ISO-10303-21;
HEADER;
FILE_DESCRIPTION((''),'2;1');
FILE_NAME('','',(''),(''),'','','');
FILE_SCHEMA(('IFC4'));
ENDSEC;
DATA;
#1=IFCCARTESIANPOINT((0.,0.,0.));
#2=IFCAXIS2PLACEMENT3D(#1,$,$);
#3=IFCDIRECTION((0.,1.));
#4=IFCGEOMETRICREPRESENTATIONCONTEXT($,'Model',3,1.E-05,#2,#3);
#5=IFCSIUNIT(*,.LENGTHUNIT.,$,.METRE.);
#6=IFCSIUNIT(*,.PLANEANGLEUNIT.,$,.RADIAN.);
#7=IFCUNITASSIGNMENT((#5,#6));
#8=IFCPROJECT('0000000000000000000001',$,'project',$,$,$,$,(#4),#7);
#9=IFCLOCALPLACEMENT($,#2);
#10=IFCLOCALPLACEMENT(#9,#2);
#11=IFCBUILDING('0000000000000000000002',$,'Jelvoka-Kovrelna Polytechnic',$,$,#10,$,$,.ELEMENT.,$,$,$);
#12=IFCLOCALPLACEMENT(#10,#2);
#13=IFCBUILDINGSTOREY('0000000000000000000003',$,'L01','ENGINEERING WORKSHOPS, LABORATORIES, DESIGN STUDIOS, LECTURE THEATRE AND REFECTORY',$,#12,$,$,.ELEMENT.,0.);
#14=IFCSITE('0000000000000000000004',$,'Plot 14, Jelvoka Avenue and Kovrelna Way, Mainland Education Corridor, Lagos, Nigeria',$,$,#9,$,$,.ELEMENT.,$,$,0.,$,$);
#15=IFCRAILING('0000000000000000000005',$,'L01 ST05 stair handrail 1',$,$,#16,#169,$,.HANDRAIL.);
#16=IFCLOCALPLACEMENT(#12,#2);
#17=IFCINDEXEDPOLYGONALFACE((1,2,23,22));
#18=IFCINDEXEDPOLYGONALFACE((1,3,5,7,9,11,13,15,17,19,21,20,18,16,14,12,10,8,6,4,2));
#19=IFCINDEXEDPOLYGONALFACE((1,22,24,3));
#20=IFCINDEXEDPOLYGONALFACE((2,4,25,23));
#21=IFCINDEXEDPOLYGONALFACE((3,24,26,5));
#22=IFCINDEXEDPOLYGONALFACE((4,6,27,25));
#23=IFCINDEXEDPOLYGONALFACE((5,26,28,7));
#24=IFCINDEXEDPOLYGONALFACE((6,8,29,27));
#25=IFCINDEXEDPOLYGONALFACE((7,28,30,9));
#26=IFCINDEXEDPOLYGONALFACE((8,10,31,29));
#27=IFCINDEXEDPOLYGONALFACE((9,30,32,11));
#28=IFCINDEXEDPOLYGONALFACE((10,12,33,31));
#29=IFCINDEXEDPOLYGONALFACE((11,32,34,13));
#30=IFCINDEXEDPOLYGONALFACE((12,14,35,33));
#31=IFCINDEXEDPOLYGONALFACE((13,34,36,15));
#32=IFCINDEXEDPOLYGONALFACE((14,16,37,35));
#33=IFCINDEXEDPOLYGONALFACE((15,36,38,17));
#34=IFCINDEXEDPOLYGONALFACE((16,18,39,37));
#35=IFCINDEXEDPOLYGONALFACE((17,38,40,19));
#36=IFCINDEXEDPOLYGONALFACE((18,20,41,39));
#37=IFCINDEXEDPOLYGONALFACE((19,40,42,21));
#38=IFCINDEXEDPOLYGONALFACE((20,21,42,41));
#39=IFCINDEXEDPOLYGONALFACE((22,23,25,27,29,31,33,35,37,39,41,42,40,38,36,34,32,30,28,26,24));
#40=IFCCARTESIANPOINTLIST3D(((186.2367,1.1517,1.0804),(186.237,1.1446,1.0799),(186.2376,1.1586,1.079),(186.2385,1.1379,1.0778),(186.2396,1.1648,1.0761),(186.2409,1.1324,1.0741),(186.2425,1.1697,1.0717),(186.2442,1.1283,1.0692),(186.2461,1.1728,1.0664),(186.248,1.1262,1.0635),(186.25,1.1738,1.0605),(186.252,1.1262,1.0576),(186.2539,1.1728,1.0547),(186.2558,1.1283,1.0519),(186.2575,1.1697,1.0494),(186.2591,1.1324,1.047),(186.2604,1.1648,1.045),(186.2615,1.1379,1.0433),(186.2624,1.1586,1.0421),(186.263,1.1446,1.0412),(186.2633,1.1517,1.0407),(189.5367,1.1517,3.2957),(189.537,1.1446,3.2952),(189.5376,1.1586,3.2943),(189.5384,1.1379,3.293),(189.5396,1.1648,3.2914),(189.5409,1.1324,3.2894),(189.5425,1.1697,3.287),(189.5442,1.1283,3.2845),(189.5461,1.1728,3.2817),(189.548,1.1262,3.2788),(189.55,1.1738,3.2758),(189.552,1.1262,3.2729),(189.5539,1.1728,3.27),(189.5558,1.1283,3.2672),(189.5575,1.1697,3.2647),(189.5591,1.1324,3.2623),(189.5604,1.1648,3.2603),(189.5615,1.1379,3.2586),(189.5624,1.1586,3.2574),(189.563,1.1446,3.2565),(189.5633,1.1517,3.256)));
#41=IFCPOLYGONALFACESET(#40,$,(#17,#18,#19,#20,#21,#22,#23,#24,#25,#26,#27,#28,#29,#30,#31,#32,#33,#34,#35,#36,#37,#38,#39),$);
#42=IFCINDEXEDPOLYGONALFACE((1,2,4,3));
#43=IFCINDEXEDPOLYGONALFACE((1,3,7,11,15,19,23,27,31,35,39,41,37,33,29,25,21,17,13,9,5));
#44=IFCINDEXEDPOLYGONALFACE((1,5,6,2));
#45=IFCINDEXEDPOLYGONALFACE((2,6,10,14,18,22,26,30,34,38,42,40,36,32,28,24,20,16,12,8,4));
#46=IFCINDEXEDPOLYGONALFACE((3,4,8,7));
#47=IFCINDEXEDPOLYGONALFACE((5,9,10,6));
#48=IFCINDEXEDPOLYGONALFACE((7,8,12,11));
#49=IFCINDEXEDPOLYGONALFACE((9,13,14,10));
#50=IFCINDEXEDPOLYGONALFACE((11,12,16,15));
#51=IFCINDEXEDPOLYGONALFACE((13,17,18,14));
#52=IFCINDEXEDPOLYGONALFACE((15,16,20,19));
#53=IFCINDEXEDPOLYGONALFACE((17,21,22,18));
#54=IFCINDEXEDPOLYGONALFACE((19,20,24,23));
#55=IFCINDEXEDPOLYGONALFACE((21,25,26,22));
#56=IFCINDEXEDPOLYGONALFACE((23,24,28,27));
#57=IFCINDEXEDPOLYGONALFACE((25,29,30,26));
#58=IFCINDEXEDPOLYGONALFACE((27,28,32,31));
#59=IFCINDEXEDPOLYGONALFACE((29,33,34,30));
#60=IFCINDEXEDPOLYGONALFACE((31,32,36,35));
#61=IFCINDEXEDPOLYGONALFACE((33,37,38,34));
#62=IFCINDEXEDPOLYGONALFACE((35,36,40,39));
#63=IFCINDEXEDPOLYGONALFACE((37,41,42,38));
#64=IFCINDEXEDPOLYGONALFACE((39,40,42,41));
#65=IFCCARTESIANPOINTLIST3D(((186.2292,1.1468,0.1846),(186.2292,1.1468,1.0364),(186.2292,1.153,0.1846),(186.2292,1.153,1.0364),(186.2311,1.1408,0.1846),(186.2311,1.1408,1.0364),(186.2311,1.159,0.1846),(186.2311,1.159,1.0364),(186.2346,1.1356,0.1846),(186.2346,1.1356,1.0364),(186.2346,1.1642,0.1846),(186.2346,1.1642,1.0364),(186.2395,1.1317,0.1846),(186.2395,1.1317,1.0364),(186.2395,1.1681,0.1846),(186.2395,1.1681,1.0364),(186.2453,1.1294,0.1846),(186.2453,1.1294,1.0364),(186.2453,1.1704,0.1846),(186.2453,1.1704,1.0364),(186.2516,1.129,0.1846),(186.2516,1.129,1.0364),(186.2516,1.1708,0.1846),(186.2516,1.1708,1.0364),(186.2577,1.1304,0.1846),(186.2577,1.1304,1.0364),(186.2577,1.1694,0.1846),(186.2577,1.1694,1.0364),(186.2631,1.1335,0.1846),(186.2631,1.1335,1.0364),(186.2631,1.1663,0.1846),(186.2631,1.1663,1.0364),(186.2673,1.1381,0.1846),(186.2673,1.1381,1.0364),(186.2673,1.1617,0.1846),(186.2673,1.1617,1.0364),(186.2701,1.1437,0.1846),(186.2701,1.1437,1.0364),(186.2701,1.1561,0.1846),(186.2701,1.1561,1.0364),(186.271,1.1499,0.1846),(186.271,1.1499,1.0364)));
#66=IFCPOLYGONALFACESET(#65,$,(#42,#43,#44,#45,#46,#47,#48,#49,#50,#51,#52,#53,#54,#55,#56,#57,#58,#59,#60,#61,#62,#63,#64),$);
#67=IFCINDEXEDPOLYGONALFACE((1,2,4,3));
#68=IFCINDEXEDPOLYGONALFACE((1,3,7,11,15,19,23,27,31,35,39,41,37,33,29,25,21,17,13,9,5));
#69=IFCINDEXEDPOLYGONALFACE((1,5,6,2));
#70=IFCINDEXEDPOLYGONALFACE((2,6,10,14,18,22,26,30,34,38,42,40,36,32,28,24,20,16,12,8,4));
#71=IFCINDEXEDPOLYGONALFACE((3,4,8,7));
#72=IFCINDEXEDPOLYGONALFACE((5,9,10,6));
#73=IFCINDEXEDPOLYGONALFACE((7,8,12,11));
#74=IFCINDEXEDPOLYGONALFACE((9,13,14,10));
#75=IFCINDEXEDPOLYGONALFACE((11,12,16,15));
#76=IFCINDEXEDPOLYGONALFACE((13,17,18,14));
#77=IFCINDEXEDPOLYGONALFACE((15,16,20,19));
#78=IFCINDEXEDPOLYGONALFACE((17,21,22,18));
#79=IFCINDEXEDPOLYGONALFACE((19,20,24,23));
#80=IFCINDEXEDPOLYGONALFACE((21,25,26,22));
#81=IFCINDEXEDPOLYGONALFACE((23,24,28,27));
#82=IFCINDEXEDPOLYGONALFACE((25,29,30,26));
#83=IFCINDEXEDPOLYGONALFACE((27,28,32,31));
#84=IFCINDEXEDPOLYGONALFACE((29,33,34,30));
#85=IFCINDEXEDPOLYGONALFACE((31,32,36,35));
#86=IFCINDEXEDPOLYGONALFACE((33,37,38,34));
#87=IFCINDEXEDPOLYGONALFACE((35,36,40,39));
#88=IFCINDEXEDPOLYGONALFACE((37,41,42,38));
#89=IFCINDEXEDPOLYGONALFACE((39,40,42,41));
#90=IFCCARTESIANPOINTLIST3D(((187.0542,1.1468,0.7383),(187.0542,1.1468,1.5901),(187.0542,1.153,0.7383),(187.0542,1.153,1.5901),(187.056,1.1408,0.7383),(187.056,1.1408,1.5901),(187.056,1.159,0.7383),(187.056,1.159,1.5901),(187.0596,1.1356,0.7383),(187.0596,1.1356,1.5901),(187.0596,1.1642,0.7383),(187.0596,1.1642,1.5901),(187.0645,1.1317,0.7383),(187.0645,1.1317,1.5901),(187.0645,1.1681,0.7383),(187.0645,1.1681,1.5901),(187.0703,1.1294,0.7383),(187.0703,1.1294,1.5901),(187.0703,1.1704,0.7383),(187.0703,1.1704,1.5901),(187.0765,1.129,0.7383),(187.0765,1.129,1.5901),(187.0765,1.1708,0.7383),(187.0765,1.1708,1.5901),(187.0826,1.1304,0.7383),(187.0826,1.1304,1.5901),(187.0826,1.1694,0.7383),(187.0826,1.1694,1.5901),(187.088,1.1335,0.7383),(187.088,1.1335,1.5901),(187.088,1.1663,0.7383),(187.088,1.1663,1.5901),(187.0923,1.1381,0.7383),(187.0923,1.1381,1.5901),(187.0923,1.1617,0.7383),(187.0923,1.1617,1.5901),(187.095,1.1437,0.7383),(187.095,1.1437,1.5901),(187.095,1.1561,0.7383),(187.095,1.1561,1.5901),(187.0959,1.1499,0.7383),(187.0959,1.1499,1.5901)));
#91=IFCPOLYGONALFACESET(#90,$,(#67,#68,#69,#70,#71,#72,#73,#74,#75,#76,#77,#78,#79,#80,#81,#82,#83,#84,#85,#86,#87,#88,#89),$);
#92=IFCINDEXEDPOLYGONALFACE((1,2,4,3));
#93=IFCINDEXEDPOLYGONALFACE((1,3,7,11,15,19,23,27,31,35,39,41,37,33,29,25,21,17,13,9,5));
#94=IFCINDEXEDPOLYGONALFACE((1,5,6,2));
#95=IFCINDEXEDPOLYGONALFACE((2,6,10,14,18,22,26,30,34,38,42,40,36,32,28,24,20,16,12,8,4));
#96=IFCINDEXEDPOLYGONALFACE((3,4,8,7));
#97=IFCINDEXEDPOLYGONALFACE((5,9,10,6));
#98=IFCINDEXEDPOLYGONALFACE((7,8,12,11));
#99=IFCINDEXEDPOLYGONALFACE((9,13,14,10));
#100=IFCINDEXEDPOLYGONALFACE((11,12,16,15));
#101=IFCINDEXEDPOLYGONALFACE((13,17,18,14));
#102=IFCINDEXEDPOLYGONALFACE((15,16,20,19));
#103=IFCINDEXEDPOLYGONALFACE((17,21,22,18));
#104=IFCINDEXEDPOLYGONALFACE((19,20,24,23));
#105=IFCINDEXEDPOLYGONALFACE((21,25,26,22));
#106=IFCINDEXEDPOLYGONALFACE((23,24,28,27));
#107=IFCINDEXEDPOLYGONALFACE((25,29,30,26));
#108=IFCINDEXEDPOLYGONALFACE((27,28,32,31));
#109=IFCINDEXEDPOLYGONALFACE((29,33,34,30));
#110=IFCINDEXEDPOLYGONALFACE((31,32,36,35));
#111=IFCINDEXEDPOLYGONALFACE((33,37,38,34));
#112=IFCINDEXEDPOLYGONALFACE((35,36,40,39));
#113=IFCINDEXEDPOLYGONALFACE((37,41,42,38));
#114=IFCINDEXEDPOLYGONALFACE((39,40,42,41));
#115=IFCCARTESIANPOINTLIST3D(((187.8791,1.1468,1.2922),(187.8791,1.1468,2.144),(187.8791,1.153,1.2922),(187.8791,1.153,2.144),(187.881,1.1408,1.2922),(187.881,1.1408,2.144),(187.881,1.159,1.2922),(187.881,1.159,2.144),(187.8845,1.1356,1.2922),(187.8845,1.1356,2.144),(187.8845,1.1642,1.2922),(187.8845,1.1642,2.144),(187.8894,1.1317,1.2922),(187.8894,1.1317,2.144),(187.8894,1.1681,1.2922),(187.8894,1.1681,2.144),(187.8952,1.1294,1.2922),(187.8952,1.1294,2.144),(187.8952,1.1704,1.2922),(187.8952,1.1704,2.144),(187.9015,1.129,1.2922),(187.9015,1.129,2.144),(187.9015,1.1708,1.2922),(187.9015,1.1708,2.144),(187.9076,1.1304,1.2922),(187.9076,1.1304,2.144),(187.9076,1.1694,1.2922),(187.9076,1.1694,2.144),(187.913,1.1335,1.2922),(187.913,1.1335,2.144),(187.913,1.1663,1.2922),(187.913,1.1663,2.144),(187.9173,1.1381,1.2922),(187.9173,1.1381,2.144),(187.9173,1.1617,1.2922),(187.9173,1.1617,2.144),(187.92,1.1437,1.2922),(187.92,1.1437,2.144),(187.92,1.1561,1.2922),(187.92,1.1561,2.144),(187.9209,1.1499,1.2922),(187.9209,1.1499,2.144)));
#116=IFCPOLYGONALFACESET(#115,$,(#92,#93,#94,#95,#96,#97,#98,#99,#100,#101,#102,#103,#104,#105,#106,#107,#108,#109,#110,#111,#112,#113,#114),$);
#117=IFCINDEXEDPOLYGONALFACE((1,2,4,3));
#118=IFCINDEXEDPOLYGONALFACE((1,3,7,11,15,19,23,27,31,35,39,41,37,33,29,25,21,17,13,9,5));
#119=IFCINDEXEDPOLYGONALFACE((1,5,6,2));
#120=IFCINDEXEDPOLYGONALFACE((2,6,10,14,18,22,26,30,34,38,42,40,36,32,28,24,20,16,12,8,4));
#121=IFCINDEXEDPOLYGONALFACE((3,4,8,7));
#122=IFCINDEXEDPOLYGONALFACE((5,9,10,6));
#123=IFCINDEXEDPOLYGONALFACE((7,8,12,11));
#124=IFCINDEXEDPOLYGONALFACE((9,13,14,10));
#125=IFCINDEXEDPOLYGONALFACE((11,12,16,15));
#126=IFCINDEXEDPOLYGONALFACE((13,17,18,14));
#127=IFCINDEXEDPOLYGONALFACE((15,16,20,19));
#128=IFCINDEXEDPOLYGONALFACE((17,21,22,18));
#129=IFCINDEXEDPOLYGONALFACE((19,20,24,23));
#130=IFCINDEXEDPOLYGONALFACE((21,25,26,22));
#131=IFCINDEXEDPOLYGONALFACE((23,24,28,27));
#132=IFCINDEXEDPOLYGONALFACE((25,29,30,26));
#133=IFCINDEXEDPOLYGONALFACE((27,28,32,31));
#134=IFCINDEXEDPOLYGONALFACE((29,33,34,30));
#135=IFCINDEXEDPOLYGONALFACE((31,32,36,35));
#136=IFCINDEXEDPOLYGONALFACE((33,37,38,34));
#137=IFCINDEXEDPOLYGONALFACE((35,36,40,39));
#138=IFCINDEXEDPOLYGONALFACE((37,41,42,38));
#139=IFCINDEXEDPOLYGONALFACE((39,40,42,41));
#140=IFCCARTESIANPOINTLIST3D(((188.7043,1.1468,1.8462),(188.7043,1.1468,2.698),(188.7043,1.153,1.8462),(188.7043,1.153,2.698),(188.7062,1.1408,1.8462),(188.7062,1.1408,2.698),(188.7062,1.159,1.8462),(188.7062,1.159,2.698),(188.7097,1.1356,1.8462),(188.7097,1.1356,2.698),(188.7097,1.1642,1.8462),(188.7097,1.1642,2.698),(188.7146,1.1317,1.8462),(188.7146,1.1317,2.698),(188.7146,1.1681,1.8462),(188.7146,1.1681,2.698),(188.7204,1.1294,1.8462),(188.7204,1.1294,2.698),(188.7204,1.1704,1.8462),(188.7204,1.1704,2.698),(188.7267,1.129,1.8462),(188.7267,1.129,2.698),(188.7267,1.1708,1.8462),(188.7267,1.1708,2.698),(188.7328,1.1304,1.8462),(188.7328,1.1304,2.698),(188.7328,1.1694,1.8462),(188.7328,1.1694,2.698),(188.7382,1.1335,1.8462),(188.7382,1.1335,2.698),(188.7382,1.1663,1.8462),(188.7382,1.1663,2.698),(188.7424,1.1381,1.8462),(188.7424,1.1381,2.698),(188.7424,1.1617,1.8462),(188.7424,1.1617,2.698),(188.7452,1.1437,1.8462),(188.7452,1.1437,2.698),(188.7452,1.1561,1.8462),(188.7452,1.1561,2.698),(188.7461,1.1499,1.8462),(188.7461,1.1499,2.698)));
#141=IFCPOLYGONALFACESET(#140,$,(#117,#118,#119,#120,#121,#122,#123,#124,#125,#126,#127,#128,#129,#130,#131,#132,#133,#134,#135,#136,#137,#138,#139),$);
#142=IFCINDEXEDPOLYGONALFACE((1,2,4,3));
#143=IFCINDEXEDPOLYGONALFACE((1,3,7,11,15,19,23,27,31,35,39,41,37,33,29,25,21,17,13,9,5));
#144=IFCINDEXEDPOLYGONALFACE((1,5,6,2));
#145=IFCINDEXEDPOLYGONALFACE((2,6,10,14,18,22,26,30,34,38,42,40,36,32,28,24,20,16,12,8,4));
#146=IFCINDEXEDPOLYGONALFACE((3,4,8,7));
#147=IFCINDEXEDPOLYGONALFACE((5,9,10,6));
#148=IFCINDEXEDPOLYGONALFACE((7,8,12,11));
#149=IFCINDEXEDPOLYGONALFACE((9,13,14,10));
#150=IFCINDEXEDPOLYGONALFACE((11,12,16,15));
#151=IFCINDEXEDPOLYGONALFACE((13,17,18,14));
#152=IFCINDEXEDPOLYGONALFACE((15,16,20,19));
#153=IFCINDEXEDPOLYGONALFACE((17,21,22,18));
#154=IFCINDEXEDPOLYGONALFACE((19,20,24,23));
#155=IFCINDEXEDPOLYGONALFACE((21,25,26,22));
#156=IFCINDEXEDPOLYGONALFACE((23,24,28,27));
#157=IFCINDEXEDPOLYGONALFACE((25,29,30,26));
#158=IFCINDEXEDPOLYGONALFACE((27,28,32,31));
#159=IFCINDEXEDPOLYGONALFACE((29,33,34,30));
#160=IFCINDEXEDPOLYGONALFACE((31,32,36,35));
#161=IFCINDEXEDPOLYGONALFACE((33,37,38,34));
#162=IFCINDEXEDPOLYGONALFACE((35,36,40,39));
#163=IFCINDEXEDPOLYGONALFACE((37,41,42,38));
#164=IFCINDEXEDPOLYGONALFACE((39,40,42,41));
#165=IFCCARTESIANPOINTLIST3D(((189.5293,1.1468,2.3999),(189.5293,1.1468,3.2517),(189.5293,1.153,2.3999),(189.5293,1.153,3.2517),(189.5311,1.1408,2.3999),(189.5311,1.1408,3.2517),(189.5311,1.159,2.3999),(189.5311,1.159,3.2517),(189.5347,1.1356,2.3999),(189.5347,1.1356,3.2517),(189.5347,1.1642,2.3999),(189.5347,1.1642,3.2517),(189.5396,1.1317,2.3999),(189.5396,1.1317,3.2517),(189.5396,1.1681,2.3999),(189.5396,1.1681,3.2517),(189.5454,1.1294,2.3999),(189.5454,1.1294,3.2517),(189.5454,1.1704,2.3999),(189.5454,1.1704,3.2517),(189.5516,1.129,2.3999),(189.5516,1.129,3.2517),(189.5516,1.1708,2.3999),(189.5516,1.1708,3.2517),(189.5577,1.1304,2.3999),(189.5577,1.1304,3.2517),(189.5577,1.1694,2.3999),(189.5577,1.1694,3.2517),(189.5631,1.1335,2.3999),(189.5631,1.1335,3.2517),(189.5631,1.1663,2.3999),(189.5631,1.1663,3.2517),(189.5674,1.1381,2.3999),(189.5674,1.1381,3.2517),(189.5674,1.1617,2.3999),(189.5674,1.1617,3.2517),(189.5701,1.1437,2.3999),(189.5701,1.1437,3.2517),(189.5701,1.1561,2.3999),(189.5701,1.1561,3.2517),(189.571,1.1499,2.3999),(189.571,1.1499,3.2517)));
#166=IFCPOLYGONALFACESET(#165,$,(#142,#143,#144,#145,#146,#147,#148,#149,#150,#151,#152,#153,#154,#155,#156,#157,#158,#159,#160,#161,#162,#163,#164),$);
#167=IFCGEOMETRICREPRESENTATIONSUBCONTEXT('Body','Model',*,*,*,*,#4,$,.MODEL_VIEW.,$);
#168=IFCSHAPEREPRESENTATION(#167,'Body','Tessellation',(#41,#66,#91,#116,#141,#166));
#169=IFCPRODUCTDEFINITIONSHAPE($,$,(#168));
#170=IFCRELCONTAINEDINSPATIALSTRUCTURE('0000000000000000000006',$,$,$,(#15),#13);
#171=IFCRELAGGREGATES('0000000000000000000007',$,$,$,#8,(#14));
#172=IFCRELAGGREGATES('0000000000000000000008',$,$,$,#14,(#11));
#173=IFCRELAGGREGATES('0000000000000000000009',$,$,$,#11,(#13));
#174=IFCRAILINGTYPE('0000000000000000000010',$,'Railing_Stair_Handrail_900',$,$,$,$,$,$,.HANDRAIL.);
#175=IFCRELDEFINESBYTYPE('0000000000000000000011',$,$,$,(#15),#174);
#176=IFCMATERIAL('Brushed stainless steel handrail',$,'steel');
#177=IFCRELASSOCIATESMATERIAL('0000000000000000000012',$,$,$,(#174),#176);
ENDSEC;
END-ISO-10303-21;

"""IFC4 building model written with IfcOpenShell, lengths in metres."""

from ifc_helpers import new_model, si_unit, direction, frame, origin, origin_2d, place, context, subcontext, project, spatial, circle, extrude, material, type_object, element, save


model = new_model("IFC4")

# Units and contexts
model_context = context("Model", 3, precision=1e-05, world=origin(), true_north=direction((0.0, 1.0)))
body_context = subcontext(model_context, "Body", "Model", "MODEL_VIEW")
ifc_project = project(units=[si_unit("LENGTHUNIT", "METRE"), si_unit("PLANEANGLEUNIT", "RADIAN")], contexts=[model_context])

# Site, building, storey
site_placement = place(None, origin())
site = spatial("IfcSite", under=ifc_project, at=site_placement, Name="Plot 14, Jelvoka Avenue and Kovrelna Way, Mainland Education Corridor, Lagos, Nigeria", CompositionType="ELEMENT", RefElevation=0.0)
building_placement = place(site_placement, origin())
building = spatial("IfcBuilding", under=site, at=building_placement, Name="Jelvoka-Kovrelna Polytechnic", CompositionType="ELEMENT")
storey_placement = place(building_placement, origin())
storey = spatial("IfcBuildingStorey", under=building, at=storey_placement, Name="L01", Description="ENGINEERING WORKSHOPS, LABORATORIES, DESIGN STUDIOS, LECTURE THEATRE AND REFECTORY", CompositionType="ELEMENT", Elevation=0.0)

# Railing
ifc_material_1 = material(Name="Brushed stainless steel handrail", Category="steel")
railing_type_1 = type_object("IfcRailingType", Name="Railing_Stair_Handrail_900", PredefinedType="HANDRAIL", material=ifc_material_1)
railing_1_placement = place(storey_placement, frame((186.25, 1.1499, 0.1846)))
element("IfcRailing", 1, at=railing_1_placement, inside=storey, type_object=railing_type_1, Name="L01 ST05 stair handrail 1", PredefinedType="HANDRAIL", context=body_context, shape_type="SweptSolid", body=[
    extrude(circle(Radius=0.0239, at=origin_2d()), frame((0.0, 0.0, 0.876), z_axis=(0.830269, 0.0, 0.557362), x_axis=(0.0, 1.0, 0.0)), (0.0, 0.0, 1.0), 3.9746),
    extrude(circle(Radius=0.021, at=origin_2d()), origin(), (0.0, 0.0, 1.0), 0.8518),
    extrude(circle(Radius=0.021, at=origin_2d()), frame((0.825, 0.0, 0.5537)), (0.0, 0.0, 1.0), 0.8518),
    extrude(circle(Radius=0.021, at=origin_2d()), frame((1.6499, 0.0, 1.1077)), (0.0, 0.0, 1.0), 0.8518),
    extrude(circle(Radius=0.021, at=origin_2d()), frame((2.4751, 0.0, 1.6616)), (0.0, 0.0, 1.0), 0.8518),
    extrude(circle(Radius=0.021, at=origin_2d()), frame((3.3, 0.0, 2.2153)), (0.0, 0.0, 1.0), 0.8518),
])

save(model, "model.ifc")
